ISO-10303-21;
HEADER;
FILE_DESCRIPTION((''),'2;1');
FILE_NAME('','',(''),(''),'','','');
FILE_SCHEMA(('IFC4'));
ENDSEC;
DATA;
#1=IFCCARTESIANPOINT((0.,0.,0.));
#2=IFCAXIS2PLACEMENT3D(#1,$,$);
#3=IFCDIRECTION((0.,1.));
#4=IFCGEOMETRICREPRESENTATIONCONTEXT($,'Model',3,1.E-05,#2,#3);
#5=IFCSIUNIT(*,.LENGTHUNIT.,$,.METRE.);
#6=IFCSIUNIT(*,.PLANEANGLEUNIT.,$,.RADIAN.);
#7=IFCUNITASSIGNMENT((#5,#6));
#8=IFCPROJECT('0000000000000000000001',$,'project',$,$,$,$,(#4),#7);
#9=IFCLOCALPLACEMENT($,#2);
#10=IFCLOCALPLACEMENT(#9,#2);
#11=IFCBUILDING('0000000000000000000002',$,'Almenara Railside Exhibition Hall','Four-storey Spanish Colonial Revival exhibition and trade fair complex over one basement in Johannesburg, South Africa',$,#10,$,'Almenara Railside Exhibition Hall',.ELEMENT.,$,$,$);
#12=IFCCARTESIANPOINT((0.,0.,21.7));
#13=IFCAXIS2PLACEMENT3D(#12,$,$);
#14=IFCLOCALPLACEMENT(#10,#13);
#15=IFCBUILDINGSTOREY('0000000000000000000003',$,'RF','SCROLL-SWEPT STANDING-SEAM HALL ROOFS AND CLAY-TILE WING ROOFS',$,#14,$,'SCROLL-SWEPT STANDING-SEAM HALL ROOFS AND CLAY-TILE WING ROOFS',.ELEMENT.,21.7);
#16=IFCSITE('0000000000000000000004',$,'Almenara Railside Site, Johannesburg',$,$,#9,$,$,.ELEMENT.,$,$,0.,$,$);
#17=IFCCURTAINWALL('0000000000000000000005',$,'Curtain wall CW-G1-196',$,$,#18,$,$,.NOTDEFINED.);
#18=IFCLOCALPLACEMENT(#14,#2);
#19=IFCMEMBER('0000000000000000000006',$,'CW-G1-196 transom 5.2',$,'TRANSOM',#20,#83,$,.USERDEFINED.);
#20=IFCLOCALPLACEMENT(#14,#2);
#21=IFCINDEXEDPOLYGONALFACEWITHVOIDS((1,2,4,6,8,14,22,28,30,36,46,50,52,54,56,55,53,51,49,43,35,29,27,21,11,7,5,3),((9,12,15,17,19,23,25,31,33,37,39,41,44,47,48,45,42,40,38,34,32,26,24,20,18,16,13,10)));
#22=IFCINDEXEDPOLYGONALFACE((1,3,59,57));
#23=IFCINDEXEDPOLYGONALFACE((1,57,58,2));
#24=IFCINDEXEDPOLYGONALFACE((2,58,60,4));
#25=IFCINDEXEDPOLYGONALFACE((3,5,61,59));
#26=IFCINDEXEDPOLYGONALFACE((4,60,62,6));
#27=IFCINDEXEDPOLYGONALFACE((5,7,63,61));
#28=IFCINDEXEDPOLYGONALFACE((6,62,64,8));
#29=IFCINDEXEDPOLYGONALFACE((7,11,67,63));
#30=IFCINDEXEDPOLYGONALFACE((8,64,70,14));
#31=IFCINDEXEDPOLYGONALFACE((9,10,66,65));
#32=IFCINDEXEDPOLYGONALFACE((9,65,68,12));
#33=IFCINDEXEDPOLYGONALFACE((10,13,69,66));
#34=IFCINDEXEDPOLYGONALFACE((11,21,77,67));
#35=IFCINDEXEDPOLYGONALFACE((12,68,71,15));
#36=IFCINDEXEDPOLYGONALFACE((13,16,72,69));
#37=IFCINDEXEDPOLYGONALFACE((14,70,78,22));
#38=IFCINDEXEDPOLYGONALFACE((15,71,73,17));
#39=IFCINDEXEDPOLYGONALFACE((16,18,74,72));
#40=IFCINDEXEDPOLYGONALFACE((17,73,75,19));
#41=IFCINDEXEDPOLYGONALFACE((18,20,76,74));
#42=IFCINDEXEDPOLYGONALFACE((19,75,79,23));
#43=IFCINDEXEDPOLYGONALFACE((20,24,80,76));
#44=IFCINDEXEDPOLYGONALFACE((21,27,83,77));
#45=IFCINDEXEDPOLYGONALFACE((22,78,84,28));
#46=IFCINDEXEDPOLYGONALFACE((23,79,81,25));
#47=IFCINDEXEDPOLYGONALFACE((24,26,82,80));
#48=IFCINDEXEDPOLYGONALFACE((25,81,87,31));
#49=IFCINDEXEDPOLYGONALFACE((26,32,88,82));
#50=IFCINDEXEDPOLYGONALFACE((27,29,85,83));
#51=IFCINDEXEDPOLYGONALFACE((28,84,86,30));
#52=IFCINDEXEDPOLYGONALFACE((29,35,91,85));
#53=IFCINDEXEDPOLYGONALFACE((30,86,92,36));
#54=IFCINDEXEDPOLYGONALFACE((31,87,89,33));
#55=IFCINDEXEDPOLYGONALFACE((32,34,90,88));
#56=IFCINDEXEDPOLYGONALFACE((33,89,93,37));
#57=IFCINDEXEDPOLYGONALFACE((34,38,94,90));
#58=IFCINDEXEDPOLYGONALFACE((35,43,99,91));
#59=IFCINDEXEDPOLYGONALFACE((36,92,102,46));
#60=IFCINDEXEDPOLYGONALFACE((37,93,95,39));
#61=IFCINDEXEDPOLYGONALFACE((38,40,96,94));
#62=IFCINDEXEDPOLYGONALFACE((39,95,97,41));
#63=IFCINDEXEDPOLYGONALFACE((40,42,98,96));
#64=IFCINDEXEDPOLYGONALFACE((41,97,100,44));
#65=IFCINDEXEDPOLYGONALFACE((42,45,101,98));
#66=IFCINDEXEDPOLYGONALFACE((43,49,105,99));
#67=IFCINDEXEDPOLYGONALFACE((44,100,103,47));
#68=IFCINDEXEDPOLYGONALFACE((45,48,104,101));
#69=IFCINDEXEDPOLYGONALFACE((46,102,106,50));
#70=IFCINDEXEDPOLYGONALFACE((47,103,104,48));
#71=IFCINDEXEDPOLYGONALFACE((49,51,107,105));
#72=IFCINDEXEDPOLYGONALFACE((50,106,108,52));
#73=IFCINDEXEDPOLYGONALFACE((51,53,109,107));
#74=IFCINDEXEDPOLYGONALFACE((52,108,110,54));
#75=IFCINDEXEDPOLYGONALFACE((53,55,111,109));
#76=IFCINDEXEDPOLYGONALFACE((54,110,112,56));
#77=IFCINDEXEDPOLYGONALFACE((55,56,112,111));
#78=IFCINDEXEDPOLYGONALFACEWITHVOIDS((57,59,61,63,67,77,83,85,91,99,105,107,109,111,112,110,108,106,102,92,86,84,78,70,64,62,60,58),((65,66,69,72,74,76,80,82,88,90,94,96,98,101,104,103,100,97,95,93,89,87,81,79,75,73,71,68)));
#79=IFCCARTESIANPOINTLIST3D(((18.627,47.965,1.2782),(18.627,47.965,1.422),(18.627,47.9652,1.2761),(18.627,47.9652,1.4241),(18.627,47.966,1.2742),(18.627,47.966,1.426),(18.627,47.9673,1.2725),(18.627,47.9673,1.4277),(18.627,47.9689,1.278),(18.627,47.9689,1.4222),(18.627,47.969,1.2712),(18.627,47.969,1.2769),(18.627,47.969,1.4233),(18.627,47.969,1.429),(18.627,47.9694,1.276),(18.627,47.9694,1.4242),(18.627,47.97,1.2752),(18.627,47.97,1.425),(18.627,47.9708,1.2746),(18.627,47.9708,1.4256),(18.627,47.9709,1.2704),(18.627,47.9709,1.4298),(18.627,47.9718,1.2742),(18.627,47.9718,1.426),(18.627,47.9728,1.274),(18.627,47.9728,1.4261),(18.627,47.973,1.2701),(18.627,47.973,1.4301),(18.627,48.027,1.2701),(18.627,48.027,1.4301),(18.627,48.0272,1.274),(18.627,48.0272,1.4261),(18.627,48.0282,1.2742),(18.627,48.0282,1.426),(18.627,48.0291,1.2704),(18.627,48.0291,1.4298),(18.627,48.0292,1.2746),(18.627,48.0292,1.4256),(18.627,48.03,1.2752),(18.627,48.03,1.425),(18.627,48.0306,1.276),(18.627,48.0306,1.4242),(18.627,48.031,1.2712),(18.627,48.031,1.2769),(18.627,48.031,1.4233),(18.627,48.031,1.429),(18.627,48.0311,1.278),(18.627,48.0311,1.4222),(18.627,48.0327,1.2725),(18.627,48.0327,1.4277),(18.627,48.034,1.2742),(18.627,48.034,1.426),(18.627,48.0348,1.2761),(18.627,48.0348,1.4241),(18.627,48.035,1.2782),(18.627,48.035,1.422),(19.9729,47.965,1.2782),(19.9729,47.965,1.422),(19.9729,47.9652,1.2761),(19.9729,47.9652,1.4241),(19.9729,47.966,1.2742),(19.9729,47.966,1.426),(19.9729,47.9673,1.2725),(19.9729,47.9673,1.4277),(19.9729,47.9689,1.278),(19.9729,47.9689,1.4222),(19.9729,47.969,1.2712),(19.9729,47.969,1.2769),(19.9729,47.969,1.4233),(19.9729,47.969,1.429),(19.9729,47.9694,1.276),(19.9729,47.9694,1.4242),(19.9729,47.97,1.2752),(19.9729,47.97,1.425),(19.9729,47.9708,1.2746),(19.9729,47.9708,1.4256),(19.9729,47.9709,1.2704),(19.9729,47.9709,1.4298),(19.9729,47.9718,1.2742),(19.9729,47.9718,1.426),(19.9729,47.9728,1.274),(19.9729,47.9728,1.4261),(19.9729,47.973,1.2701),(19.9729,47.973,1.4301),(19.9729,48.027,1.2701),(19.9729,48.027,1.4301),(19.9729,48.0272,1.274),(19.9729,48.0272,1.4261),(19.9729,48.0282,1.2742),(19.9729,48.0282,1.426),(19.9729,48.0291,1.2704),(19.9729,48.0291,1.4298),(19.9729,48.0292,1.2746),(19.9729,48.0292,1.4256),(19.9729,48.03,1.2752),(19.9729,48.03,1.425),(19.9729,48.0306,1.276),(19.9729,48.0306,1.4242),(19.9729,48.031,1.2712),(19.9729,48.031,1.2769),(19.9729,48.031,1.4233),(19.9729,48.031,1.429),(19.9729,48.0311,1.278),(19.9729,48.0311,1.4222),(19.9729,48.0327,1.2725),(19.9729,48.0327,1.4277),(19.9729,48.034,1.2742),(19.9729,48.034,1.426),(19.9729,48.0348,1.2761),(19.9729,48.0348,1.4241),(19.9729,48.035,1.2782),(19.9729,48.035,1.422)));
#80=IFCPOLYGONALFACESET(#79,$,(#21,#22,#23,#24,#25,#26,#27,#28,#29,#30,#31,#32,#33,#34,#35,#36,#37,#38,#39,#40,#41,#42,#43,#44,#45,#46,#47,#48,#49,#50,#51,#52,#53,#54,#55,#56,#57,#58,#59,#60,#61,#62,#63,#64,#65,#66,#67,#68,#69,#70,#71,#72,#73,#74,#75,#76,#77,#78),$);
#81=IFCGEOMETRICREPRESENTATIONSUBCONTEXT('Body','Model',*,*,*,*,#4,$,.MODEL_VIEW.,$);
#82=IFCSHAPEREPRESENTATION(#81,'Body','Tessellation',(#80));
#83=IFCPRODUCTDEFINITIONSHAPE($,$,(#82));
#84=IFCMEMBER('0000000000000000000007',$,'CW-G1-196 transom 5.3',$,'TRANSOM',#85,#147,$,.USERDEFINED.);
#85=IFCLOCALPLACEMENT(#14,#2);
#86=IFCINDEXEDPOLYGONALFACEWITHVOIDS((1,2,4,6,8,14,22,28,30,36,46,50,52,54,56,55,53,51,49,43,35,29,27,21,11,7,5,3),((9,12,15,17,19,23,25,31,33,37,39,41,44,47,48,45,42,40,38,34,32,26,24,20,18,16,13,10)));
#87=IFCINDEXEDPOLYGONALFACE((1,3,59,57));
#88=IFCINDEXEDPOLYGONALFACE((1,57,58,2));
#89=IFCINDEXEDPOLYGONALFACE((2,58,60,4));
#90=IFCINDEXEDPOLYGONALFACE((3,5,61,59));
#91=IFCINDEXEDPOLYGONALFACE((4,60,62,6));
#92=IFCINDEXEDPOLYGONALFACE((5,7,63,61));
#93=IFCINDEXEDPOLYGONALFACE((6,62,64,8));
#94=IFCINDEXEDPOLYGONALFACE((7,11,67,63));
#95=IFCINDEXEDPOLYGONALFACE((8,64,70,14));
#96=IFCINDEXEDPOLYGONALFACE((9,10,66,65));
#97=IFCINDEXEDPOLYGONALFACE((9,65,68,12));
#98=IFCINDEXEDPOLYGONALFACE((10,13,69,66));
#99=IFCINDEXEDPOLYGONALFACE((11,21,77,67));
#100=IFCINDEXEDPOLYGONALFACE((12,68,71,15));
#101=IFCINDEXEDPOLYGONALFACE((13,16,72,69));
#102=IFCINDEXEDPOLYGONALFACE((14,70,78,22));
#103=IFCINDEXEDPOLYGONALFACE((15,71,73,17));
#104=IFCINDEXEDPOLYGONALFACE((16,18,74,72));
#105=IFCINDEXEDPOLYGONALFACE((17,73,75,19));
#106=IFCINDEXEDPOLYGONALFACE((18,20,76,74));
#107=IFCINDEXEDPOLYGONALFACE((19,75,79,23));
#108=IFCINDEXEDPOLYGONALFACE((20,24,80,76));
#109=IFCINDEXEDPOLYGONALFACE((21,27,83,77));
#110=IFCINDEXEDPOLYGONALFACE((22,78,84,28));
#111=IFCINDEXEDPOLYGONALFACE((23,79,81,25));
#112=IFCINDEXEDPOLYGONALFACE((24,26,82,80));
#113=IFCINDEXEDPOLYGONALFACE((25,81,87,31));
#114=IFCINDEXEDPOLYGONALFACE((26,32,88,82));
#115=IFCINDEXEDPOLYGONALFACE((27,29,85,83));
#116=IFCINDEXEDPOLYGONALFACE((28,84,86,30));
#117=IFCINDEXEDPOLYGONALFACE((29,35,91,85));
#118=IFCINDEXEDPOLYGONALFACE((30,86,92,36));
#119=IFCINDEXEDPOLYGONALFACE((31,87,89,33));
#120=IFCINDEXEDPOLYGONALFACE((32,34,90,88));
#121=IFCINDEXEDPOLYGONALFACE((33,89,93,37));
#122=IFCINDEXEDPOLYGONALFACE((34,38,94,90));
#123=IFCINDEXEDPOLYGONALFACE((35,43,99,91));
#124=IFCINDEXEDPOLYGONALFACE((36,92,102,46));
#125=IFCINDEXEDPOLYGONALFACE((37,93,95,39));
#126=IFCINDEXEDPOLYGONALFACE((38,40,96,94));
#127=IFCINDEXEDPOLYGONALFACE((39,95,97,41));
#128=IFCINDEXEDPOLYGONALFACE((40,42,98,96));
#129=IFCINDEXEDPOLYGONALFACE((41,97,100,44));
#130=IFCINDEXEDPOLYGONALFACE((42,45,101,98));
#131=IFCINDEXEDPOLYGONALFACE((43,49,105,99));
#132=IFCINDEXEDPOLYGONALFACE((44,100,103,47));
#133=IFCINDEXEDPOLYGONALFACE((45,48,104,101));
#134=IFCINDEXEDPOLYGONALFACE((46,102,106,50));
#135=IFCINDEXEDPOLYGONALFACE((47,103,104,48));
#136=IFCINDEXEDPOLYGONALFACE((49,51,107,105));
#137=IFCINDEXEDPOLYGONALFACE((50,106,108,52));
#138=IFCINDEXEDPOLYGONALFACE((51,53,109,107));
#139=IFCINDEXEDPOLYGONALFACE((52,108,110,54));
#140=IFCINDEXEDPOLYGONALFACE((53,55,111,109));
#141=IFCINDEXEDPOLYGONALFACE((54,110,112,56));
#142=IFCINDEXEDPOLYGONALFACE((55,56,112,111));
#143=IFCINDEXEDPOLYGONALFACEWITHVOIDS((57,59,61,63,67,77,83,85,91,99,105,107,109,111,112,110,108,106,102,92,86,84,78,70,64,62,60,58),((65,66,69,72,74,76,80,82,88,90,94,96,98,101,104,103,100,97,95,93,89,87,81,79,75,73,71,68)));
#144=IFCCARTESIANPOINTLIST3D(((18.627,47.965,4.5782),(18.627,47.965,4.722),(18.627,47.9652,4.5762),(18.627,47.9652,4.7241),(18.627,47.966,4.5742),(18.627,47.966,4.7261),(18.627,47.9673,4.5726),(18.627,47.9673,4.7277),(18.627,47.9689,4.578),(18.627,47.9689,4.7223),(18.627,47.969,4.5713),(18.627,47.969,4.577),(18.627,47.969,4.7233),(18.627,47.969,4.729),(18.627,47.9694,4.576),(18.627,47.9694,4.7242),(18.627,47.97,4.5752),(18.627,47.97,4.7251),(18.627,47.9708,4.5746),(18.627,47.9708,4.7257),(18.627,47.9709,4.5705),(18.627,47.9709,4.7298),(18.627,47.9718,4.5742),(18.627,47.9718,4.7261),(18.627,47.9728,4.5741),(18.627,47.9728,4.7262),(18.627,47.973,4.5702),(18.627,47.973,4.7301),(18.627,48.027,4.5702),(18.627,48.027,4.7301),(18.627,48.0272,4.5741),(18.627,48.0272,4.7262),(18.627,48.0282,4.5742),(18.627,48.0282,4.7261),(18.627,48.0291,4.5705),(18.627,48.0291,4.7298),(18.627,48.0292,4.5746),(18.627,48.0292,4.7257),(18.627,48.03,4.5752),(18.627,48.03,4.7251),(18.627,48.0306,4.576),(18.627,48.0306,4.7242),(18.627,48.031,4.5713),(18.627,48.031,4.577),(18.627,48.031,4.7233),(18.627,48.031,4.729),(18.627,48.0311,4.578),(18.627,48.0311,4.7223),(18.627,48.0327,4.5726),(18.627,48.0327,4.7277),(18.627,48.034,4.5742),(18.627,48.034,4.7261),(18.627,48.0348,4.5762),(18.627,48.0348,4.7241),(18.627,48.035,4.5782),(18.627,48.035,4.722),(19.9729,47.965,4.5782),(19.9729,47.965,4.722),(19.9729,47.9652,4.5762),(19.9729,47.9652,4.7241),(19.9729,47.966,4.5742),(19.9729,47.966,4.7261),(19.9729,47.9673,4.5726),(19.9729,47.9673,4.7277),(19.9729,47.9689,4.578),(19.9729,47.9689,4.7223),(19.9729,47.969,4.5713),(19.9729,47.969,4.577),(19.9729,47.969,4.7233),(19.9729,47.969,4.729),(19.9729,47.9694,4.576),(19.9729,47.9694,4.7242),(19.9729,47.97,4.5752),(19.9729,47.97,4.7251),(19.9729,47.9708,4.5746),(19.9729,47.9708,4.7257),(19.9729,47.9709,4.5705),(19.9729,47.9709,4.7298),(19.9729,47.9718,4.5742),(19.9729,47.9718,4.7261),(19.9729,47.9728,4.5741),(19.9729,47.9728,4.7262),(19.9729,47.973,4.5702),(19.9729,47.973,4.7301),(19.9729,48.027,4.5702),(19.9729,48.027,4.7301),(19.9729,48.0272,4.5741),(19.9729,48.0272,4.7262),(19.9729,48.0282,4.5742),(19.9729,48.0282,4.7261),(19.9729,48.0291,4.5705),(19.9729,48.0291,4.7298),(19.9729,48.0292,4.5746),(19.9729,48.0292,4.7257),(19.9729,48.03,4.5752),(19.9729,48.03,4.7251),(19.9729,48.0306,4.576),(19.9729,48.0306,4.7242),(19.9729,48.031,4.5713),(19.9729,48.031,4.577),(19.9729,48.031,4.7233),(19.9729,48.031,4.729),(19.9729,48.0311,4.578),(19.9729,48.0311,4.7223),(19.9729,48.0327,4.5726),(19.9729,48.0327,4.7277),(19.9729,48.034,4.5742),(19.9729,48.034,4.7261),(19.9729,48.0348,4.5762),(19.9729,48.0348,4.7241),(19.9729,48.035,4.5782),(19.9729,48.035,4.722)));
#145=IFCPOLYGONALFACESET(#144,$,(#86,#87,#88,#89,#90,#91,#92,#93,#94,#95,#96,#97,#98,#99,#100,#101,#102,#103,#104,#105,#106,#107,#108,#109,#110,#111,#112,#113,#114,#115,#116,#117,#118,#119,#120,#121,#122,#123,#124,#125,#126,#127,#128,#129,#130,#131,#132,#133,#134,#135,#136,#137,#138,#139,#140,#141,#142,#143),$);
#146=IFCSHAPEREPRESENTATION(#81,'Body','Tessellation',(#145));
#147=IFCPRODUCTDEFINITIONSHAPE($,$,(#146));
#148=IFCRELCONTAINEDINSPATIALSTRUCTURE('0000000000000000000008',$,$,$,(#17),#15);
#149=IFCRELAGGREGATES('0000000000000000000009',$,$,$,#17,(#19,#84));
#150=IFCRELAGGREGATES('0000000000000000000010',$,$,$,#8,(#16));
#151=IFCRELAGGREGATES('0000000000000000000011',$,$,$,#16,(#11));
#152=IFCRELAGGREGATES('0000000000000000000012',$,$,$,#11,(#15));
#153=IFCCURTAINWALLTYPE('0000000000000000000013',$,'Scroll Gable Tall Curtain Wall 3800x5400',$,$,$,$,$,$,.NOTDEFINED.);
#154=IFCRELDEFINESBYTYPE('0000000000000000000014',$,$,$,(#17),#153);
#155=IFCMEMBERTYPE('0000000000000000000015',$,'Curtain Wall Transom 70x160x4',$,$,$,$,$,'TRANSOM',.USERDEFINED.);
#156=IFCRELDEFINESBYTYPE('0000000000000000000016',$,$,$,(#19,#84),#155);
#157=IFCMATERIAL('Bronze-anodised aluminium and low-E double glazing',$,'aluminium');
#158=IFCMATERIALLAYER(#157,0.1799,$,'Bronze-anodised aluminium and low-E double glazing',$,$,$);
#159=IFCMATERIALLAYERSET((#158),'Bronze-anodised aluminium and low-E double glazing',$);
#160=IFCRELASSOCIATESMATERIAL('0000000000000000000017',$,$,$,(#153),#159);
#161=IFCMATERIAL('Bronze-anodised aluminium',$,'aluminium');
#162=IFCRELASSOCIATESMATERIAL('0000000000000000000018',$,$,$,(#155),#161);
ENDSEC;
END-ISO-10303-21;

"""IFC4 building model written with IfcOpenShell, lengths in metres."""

from ifc_helpers import new_model, si_unit, direction, frame, origin, origin_2d, place, context, subcontext, project, spatial, hollow_rectangle, extrude, material, layer, layer_set, material_profile, profile_set, type_object, element, aggregate, save


model = new_model("IFC4")

# Units and contexts
model_context = context("Model", 3, precision=1e-05, world=origin(), true_north=direction((0.0, 1.0)))
body_context = subcontext(model_context, "Body", "Model", "MODEL_VIEW")
ifc_project = project(units=[si_unit("LENGTHUNIT", "METRE"), si_unit("PLANEANGLEUNIT", "RADIAN")], contexts=[model_context])

# Site, building, storey
site_placement = place(None, origin())
site = spatial("IfcSite", under=ifc_project, at=site_placement, Name="Almenara Railside Site, Johannesburg", CompositionType="ELEMENT", RefElevation=0.0)
building_placement = place(site_placement, origin())
building = spatial("IfcBuilding", under=site, at=building_placement, Name="Almenara Railside Exhibition Hall", Description="Four-storey Spanish Colonial Revival exhibition and trade fair complex over one basement in Johannesburg, South Africa", LongName="Almenara Railside Exhibition Hall", CompositionType="ELEMENT")
storey_placement = place(building_placement, frame((0.0, 0.0, 21.7)))
storey = spatial("IfcBuildingStorey", under=building, at=storey_placement, Name="RF", Description="SCROLL-SWEPT STANDING-SEAM HALL ROOFS AND CLAY-TILE WING ROOFS", LongName="SCROLL-SWEPT STANDING-SEAM HALL ROOFS AND CLAY-TILE WING ROOFS", CompositionType="ELEMENT", Elevation=21.7)

# Curtain wall, members
ifc_material_1 = material(Name="Bronze-anodised aluminium and low-E double glazing", Category="aluminium")
ifc_layer_1 = layer(ifc_material_1, 0.1799, Name="Bronze-anodised aluminium and low-E double glazing")
ifc_layer_set_1 = layer_set([ifc_layer_1], Name="Bronze-anodised aluminium and low-E double glazing")
curtain_wall_type = type_object("IfcCurtainWallType", Name="Scroll Gable Tall Curtain Wall 3800x5400", PredefinedType="NOTDEFINED", material=ifc_layer_set_1)
curtain_wall_placement = place(storey_placement, origin())
curtain_wall = element("IfcCurtainWall", 1, at=curtain_wall_placement, inside=storey, type_object=curtain_wall_type, Name="Curtain wall CW-G1-196", PredefinedType="NOTDEFINED")
ifc_material_2 = material(Name="Bronze-anodised aluminium", Category="aluminium")
ifc_material_profile_1 = material_profile(ifc_material_2, hollow_rectangle(XDim=0.0701, YDim=0.1599, WallThickness=0.0039, InnerFilletRadius=0.0039, OuterFilletRadius=0.0081, at=origin_2d()), Name="ALU-TRN 70x160x4")
ifc_profile_set_1 = profile_set([ifc_material_profile_1], Name="Bronze-anodised aluminium")
member_type_1 = type_object("IfcMemberType", Name="Curtain Wall Transom 70x160x4", ElementType="TRANSOM", PredefinedType="USERDEFINED", material=ifc_profile_set_1)
member_1_placement = place(storey_placement, frame((18.627, 48.0, 1.3501), z_axis=(1.0, 0.0, 0.0), x_axis=(0.0, 1.0, 0.0)))
member_1 = element("IfcMember", 2, at=member_1_placement, type_object=member_type_1, Name="CW-G1-196 transom 5.2", ObjectType="TRANSOM", PredefinedType="USERDEFINED", context=body_context, shape_type="SweptSolid", body=[
    extrude(hollow_rectangle(XDim=0.0701, YDim=0.1599, WallThickness=0.0039, InnerFilletRadius=0.0039, OuterFilletRadius=0.0081, at=origin_2d()), origin(), (0.0, 0.0, 1.0), 1.3459),
])
member_2_placement = place(storey_placement, frame((18.627, 48.0, 4.6501), z_axis=(1.0, 0.0, 0.0), x_axis=(0.0, 1.0, 0.0)))
member_2 = element("IfcMember", 3, at=member_2_placement, type_object=member_type_1, Name="CW-G1-196 transom 5.3", ObjectType="TRANSOM", PredefinedType="USERDEFINED", context=body_context, shape_type="SweptSolid", body=[
    extrude(hollow_rectangle(XDim=0.0701, YDim=0.1599, WallThickness=0.0039, InnerFilletRadius=0.0039, OuterFilletRadius=0.0081, at=origin_2d()), origin(), (0.0, 0.0, 1.0), 1.3459),
])

aggregate(curtain_wall, [member_1, member_2])

save(model, "model.ifc")
